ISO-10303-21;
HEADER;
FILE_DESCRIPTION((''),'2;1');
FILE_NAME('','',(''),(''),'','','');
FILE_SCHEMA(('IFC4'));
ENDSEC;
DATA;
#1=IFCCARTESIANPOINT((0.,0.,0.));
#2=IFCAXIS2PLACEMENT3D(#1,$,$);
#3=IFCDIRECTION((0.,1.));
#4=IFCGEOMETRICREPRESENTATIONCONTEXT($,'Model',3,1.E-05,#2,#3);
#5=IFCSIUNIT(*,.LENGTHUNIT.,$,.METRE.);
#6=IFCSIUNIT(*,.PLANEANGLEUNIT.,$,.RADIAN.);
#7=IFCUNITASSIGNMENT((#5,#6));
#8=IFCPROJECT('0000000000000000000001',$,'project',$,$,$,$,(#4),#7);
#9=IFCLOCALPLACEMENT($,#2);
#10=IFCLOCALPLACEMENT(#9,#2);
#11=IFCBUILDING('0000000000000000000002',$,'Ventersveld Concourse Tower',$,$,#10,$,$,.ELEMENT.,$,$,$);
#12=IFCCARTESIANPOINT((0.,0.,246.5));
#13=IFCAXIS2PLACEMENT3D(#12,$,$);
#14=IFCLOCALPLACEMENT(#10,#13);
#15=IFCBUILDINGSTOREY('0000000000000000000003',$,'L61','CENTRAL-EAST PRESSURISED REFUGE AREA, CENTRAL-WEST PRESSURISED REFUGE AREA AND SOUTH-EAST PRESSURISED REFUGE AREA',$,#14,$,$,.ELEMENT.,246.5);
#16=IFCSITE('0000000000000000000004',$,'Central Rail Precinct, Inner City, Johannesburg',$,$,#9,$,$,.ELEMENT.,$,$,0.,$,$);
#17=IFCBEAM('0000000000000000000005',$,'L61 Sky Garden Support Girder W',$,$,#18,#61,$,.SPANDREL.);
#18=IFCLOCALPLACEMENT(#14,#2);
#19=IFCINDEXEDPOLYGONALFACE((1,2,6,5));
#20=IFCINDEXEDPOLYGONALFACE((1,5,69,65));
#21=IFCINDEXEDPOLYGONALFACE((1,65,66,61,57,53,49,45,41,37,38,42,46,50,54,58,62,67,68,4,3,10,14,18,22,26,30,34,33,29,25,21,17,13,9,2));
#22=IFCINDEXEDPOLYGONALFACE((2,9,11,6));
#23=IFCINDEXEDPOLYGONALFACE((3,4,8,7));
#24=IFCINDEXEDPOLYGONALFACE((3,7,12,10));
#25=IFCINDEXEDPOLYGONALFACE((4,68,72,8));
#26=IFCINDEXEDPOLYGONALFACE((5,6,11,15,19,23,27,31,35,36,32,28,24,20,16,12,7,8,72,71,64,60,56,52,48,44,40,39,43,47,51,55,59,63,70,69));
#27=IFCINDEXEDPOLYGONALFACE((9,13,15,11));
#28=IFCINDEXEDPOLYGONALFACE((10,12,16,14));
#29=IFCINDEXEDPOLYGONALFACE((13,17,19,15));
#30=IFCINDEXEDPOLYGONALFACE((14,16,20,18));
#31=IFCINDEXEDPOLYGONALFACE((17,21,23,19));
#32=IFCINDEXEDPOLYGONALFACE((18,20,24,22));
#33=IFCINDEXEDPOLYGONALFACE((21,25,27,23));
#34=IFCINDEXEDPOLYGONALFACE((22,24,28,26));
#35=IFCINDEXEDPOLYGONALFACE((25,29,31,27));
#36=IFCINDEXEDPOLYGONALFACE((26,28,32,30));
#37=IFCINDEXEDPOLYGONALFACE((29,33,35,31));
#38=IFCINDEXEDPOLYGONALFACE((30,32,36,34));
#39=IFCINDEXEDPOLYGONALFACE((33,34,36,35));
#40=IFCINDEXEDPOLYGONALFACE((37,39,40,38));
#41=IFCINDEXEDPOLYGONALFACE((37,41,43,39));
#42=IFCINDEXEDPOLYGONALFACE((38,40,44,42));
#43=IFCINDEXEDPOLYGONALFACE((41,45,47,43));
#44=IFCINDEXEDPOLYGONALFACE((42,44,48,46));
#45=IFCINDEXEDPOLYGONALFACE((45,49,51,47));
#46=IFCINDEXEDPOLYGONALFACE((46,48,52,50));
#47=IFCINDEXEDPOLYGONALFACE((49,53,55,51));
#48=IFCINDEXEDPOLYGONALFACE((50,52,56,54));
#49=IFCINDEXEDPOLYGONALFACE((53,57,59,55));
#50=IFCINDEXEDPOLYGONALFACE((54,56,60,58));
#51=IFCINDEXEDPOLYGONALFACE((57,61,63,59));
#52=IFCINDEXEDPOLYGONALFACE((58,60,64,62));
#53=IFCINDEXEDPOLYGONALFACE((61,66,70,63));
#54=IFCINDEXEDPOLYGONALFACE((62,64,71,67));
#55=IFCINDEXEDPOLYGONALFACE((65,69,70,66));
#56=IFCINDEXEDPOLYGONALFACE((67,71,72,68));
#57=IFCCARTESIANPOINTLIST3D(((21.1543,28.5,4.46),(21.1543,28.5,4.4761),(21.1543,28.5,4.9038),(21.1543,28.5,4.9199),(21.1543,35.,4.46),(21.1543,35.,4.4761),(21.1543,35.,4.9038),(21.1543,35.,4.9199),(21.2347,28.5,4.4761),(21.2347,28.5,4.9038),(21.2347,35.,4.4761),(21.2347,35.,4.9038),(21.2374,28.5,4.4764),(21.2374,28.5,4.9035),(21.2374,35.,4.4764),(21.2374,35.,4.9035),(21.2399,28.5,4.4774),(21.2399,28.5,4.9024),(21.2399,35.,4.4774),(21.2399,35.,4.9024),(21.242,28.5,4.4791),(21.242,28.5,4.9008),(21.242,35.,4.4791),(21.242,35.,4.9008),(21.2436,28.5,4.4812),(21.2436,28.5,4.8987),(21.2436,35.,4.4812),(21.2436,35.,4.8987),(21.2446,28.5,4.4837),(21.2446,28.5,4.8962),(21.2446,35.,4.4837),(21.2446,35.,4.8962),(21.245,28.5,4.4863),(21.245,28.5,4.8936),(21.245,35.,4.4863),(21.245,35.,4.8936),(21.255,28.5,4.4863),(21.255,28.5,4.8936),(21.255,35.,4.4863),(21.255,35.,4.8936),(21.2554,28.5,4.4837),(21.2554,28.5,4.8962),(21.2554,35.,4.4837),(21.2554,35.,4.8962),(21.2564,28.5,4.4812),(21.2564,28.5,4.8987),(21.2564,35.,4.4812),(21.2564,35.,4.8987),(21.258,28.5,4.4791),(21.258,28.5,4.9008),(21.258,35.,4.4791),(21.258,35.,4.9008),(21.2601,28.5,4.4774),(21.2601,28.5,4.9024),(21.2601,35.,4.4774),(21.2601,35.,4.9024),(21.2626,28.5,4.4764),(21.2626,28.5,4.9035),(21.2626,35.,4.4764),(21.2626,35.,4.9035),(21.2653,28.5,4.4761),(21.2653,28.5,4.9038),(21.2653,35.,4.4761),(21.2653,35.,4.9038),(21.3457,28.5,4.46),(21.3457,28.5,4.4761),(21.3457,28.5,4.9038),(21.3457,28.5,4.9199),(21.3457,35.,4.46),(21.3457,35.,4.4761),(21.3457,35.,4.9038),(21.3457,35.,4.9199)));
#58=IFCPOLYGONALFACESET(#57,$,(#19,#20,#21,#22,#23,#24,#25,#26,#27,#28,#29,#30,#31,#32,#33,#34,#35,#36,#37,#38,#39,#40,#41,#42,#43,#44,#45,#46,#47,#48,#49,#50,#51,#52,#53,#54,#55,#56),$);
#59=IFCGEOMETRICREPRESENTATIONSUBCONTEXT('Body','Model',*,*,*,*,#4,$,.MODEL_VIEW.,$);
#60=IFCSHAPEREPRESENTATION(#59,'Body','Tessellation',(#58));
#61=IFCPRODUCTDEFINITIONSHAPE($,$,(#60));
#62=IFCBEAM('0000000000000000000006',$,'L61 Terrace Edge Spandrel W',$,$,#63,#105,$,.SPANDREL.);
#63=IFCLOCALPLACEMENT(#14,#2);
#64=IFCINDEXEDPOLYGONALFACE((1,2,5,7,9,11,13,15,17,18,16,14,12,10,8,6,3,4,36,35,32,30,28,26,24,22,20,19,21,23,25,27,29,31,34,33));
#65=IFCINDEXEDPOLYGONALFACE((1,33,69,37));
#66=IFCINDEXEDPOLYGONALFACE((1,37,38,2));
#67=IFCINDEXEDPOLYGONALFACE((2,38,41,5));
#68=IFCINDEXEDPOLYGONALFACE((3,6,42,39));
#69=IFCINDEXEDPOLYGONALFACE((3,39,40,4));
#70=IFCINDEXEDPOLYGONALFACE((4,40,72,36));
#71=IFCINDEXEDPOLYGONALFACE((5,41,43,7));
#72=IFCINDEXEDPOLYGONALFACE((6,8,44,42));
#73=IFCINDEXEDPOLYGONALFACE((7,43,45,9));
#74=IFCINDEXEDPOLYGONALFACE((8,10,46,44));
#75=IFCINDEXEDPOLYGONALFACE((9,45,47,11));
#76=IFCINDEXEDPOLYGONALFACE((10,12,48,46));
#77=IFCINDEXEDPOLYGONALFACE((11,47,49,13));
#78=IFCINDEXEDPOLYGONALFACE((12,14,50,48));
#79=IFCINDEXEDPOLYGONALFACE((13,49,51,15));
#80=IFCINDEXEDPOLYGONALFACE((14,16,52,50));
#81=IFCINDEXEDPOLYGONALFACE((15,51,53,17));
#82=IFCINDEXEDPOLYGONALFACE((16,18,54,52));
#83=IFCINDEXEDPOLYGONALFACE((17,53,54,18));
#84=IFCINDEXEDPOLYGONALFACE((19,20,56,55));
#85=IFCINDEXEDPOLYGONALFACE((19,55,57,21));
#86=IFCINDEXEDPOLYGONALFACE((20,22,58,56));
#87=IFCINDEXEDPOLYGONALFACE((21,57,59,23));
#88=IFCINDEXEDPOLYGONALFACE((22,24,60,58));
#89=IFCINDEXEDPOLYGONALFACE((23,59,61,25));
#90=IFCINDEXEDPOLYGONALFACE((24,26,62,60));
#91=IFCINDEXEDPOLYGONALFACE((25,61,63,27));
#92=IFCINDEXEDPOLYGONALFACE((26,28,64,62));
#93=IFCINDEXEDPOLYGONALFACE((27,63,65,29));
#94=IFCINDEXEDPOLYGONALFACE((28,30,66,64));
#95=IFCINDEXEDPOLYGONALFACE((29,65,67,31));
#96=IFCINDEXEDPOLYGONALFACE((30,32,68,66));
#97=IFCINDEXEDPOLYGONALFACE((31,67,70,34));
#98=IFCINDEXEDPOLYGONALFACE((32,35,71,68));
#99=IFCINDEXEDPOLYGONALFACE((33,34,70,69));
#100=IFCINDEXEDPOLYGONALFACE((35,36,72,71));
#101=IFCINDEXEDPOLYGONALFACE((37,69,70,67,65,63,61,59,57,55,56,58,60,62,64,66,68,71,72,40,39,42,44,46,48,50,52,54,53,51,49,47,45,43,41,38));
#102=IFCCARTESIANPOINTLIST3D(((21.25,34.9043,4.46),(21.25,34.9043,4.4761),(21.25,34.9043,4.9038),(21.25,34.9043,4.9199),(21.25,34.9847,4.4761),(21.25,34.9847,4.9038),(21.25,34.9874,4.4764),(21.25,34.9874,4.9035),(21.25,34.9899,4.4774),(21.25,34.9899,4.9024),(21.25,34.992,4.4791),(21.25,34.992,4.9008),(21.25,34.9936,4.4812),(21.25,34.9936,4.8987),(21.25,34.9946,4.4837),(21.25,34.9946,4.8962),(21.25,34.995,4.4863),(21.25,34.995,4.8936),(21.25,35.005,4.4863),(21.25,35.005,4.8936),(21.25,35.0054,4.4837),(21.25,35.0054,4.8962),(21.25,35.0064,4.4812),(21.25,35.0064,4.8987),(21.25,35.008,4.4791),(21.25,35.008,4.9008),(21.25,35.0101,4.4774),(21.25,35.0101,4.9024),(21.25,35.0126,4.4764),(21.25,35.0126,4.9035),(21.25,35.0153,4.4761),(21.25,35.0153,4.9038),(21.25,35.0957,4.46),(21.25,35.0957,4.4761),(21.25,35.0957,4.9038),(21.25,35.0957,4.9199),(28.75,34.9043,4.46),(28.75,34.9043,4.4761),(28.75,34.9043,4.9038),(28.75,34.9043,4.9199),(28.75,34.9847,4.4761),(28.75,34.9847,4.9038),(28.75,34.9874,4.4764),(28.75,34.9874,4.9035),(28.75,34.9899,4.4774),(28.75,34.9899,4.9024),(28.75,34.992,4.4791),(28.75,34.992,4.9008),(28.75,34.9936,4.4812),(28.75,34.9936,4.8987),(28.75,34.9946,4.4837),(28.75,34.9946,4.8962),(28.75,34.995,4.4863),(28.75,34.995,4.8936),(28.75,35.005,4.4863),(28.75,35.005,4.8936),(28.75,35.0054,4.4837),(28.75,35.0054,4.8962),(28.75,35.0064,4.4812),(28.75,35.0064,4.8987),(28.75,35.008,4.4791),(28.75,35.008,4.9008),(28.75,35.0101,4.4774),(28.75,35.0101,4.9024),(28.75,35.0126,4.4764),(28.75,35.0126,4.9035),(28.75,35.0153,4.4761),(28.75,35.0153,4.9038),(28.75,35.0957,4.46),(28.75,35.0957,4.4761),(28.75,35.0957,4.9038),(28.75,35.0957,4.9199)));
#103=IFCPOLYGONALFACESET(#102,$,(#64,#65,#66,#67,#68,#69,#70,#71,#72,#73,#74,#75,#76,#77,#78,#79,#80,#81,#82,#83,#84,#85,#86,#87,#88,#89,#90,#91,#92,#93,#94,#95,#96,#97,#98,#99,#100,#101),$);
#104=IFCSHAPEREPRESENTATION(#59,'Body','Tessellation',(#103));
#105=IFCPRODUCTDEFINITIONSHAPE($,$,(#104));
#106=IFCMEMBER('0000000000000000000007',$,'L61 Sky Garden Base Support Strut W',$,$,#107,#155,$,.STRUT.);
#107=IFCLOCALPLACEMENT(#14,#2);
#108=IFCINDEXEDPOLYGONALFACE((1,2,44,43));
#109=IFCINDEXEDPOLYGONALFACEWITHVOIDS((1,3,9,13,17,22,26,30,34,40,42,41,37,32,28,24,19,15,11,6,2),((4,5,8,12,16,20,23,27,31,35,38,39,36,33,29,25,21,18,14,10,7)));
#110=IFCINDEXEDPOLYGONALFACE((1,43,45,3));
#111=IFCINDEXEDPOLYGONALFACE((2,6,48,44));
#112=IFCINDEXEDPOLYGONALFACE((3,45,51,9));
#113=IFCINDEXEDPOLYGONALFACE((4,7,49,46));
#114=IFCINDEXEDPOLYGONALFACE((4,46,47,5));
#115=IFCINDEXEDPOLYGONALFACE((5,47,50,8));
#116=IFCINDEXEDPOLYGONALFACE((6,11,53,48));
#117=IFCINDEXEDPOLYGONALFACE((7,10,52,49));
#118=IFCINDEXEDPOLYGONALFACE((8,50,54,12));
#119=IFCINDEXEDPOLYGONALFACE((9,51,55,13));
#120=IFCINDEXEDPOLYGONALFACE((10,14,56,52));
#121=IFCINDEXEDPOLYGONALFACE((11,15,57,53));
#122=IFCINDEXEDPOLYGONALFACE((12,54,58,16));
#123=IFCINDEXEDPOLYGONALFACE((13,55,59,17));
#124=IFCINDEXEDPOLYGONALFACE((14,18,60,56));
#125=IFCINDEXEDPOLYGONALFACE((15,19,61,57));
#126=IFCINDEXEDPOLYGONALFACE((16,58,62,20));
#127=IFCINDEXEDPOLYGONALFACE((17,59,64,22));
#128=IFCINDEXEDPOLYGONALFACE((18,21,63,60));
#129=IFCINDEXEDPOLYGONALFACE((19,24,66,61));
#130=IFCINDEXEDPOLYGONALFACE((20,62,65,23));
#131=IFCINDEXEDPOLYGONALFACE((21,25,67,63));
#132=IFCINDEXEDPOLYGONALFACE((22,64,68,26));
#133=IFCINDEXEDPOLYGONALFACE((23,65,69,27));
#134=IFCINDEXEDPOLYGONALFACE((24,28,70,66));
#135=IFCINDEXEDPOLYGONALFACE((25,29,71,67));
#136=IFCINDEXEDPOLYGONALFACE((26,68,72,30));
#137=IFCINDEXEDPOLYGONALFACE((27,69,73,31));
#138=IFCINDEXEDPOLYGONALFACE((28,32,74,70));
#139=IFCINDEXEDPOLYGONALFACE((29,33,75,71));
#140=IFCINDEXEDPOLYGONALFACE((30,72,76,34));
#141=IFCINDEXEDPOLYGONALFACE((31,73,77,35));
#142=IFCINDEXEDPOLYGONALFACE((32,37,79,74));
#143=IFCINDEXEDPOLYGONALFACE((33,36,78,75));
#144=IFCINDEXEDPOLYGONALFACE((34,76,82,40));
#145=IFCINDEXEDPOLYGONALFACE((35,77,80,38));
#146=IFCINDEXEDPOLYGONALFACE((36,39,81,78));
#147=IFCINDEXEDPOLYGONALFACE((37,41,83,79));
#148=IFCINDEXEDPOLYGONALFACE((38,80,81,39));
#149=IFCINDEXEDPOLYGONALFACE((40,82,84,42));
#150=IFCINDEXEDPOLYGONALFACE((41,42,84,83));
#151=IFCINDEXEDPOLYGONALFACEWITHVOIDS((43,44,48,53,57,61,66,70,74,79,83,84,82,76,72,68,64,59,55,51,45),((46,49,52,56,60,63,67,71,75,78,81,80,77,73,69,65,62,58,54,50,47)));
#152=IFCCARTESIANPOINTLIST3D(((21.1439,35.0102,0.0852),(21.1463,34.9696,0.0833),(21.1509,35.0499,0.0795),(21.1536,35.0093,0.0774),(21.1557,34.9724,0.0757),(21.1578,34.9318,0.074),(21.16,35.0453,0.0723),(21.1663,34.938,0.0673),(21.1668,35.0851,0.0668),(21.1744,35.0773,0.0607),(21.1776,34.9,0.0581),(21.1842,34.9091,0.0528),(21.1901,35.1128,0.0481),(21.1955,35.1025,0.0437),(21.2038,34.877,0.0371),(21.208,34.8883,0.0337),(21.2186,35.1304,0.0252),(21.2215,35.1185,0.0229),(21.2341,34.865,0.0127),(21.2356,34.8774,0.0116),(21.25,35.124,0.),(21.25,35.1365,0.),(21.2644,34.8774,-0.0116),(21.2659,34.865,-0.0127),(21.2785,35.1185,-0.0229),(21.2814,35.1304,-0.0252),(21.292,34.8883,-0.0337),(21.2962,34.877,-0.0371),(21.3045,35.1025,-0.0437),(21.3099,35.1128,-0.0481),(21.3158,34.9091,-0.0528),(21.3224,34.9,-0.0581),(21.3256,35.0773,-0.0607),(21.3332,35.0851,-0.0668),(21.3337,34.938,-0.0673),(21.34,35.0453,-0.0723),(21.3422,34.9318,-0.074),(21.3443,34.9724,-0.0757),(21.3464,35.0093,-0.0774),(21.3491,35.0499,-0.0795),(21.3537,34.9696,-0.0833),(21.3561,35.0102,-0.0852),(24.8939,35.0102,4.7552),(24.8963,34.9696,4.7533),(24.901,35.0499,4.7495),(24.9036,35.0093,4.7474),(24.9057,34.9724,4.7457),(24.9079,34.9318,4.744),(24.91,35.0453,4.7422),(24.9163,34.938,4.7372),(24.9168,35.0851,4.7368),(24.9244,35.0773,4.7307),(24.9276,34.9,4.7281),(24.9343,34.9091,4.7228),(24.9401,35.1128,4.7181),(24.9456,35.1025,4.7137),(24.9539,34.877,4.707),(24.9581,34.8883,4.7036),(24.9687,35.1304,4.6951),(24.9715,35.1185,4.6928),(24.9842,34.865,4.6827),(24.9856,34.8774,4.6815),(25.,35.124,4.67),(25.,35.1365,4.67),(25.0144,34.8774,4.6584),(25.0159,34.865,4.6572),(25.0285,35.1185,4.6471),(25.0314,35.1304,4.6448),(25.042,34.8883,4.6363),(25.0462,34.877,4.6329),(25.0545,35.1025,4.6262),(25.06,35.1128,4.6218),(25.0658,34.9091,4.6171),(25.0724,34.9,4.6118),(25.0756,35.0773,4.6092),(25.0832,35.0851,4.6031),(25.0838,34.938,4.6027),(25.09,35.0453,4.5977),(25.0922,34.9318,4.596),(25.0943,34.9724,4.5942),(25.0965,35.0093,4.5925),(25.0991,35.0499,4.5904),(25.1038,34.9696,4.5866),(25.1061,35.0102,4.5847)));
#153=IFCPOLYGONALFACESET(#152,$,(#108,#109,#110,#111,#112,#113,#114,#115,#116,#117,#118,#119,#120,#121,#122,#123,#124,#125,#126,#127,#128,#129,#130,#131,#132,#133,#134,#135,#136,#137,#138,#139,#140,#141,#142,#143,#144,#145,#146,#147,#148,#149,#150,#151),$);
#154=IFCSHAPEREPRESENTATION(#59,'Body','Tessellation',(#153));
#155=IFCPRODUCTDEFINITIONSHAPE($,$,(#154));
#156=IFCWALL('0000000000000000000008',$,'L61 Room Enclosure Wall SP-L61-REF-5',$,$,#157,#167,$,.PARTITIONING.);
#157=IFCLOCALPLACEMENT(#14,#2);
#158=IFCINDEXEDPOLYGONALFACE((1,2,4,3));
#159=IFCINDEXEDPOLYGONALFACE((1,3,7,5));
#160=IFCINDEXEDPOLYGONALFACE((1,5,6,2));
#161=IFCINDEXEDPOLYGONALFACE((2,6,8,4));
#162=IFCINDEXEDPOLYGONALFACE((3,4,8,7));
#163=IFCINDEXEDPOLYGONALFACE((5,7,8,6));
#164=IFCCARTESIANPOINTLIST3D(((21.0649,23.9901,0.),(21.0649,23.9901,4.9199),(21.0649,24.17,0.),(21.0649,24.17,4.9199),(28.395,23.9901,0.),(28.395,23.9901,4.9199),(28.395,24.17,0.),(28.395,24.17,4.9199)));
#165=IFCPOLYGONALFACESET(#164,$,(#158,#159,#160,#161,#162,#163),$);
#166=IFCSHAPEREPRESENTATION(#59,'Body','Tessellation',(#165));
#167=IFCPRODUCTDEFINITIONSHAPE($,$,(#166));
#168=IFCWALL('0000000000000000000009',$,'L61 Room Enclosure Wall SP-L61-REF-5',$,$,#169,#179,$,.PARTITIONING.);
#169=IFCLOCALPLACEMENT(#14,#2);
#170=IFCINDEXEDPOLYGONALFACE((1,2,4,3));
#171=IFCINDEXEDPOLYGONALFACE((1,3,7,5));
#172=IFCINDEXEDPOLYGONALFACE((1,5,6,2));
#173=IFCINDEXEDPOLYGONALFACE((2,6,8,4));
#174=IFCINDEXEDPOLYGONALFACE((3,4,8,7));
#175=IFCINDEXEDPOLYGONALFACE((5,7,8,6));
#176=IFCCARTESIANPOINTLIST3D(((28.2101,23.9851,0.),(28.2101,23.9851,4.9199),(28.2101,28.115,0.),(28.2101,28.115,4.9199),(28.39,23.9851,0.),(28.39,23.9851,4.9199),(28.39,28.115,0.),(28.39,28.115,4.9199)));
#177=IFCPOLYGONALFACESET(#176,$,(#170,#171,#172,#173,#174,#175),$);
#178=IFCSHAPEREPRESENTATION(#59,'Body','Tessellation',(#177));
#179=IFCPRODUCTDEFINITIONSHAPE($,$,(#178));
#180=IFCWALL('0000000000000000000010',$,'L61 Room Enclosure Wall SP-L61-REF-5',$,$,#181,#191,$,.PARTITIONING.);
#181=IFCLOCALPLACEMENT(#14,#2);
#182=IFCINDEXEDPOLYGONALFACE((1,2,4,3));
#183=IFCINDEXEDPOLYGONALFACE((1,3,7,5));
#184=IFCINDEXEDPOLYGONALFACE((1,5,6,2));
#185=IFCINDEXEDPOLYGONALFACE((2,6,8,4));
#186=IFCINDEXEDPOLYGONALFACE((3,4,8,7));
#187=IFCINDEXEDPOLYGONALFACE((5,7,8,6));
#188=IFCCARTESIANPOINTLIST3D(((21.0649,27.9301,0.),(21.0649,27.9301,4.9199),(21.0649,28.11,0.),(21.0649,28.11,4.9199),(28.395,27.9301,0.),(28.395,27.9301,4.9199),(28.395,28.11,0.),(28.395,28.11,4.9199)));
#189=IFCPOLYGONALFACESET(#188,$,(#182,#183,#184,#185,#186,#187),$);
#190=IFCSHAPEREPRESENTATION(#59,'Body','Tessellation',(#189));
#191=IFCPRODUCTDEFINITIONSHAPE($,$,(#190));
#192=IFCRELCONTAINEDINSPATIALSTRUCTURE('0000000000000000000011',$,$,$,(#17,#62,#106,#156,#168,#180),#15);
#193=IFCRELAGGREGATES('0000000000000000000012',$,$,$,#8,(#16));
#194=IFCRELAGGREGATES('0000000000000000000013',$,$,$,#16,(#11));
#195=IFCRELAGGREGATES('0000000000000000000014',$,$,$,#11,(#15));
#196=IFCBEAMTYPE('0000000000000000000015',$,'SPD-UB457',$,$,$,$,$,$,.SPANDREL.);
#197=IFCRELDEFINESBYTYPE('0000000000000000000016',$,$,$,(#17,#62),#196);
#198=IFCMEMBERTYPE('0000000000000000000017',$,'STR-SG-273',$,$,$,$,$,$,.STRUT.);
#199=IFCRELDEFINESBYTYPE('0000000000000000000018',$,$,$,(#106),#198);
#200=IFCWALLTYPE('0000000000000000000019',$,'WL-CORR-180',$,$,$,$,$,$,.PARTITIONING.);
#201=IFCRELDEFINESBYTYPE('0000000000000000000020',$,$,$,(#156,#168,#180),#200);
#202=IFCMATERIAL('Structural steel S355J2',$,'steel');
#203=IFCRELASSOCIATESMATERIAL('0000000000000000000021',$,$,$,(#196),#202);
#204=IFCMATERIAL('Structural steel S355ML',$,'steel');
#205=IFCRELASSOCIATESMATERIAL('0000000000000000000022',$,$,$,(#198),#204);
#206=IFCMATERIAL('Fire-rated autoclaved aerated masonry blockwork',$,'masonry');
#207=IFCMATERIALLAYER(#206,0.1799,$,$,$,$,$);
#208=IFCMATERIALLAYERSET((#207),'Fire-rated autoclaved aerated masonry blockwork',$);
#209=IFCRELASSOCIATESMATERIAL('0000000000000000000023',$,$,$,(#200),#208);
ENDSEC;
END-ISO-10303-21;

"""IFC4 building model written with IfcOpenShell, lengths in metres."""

from ifc_helpers import new_model, si_unit, direction, frame, frame_2d, origin, origin_2d, place, context, subcontext, project, spatial, rectangle, hollow_circle, i_section, extrude, material, layer, layer_set, material_profile, profile_set, type_object, element, save


model = new_model("IFC4")

# Units and contexts
model_context = context("Model", 3, precision=1e-05, world=origin(), true_north=direction((0.0, 1.0)))
body_context = subcontext(model_context, "Body", "Model", "MODEL_VIEW")
ifc_project = project(units=[si_unit("LENGTHUNIT", "METRE"), si_unit("PLANEANGLEUNIT", "RADIAN")], contexts=[model_context])

# Site, building, storey
site_placement = place(None, origin())
site = spatial("IfcSite", under=ifc_project, at=site_placement, Name="Central Rail Precinct, Inner City, Johannesburg", CompositionType="ELEMENT", RefElevation=0.0)
building_placement = place(site_placement, origin())
building = spatial("IfcBuilding", under=site, at=building_placement, Name="Ventersveld Concourse Tower", CompositionType="ELEMENT")
storey_placement = place(building_placement, frame((0.0, 0.0, 246.5)))
storey = spatial("IfcBuildingStorey", under=building, at=storey_placement, Name="L61", Description="CENTRAL-EAST PRESSURISED REFUGE AREA, CENTRAL-WEST PRESSURISED REFUGE AREA AND SOUTH-EAST PRESSURISED REFUGE AREA", CompositionType="ELEMENT", Elevation=246.5)

# Shared definitions
ifc_material_1 = material(Name="Structural steel S355ML", Category="steel")

# Shared definitions
ifc_material_2 = material(Name="Structural steel S355J2", Category="steel")

# Beams
ifc_material_profile_1 = material_profile(ifc_material_2, i_section(OverallWidth=0.1914, OverallDepth=0.46, WebThickness=0.01, FlangeThickness=0.0161, FilletRadius=0.0103, at=origin_2d()), Name="UB 457x191x82")
ifc_profile_set_1 = profile_set([ifc_material_profile_1], Name="Structural steel S355J2")
beam_type_1 = type_object("IfcBeamType", Name="SPD-UB457", PredefinedType="SPANDREL", material=ifc_profile_set_1)
beam_1_placement = place(storey_placement, frame((21.25, 28.5, 4.6899), z_axis=(0.0, 1.0, 0.0), x_axis=(-1.0, 0.0, 0.0)))
element("IfcBeam", 1, at=beam_1_placement, inside=storey, type_object=beam_type_1, Name="L61 Sky Garden Support Girder W", PredefinedType="SPANDREL", context=body_context, shape_type="SweptSolid", body=[
    extrude(i_section(OverallWidth=0.1914, OverallDepth=0.46, WebThickness=0.01, FlangeThickness=0.0161, FilletRadius=0.0103, at=origin_2d()), origin(), (0.0, 0.0, 1.0), 6.5),
])
beam_2_placement = place(storey_placement, frame((21.25, 35.0, 4.6899), z_axis=(1.0, 0.0, 0.0), x_axis=(0.0, 1.0, 0.0)))
element("IfcBeam", 2, at=beam_2_placement, inside=storey, type_object=beam_type_1, Name="L61 Terrace Edge Spandrel W", PredefinedType="SPANDREL", context=body_context, shape_type="SweptSolid", body=[
    extrude(i_section(OverallWidth=0.1914, OverallDepth=0.46, WebThickness=0.01, FlangeThickness=0.0161, FilletRadius=0.0103, at=origin_2d()), origin(), (0.0, 0.0, 1.0), 7.5),
])

# Member
ifc_material_profile_2 = material_profile(ifc_material_1, hollow_circle(Radius=0.1365, WallThickness=0.0125, at=origin_2d()), Name="CHS 273x12.5")
ifc_profile_set_2 = profile_set([ifc_material_profile_2], Name="Structural steel S355ML")
member_type_1 = type_object("IfcMemberType", Name="STR-SG-273", PredefinedType="STRUT", material=ifc_profile_set_2)
member_1_placement = place(storey_placement, frame((21.25, 35.0, 0.0), z_axis=(0.626126, 0.0, 0.779722), x_axis=(0.0, 1.0, 0.0)))
element("IfcMember", 3, at=member_1_placement, inside=storey, type_object=member_type_1, Name="L61 Sky Garden Base Support Strut W", PredefinedType="STRUT", context=body_context, shape_type="SweptSolid", body=[
    extrude(hollow_circle(Radius=0.1365, WallThickness=0.0125, at=origin_2d()), origin(), (0.0, 0.0, 1.0), 5.9893),
])

# Walls
ifc_material_3 = material(Name="Fire-rated autoclaved aerated masonry blockwork", Category="masonry")
ifc_layer = layer(ifc_material_3, 0.1799)
ifc_layer_set = layer_set([ifc_layer], Name="Fire-rated autoclaved aerated masonry blockwork")
wall_type = type_object("IfcWallType", Name="WL-CORR-180", PredefinedType="PARTITIONING", material=ifc_layer_set)
wall_1_placement = place(storey_placement, frame((21.0649, 24.0801, 0.0), z_axis=(0.0, 0.0, 1.0), x_axis=(1.0, 0.0, 0.0)))
element("IfcWall", 4, at=wall_1_placement, inside=storey, type_object=wall_type, Name="L61 Room Enclosure Wall SP-L61-REF-5", PredefinedType="PARTITIONING", context=body_context, shape_type="SweptSolid", body=[
    extrude(rectangle(XDim=7.3301, YDim=0.1799, at=frame_2d((3.665, 0.0))), origin(), (0.0, 0.0, 1.0), 4.9199),
])
wall_2_placement = place(storey_placement, frame((28.3, 23.9851, 0.0), z_axis=(0.0, 0.0, 1.0), x_axis=(0.0, 1.0, 0.0)))
element("IfcWall", 5, at=wall_2_placement, inside=storey, type_object=wall_type, Name="L61 Room Enclosure Wall SP-L61-REF-5", PredefinedType="PARTITIONING", context=body_context, shape_type="SweptSolid", body=[
    extrude(rectangle(XDim=4.1299, YDim=0.1799, at=frame_2d((2.0649, 0.0))), origin(), (0.0, 0.0, 1.0), 4.9199),
])
wall_3_placement = place(storey_placement, frame((28.395, 28.02, 0.0), z_axis=(0.0, 0.0, 1.0), x_axis=(-1.0, 0.0, 0.0)))
element("IfcWall", 6, at=wall_3_placement, inside=storey, type_object=wall_type, Name="L61 Room Enclosure Wall SP-L61-REF-5", PredefinedType="PARTITIONING", context=body_context, shape_type="SweptSolid", body=[
    extrude(rectangle(XDim=7.3301, YDim=0.1799, at=frame_2d((3.665, 0.0))), origin(), (0.0, 0.0, 1.0), 4.9199),
])

save(model, "model.ifc")
